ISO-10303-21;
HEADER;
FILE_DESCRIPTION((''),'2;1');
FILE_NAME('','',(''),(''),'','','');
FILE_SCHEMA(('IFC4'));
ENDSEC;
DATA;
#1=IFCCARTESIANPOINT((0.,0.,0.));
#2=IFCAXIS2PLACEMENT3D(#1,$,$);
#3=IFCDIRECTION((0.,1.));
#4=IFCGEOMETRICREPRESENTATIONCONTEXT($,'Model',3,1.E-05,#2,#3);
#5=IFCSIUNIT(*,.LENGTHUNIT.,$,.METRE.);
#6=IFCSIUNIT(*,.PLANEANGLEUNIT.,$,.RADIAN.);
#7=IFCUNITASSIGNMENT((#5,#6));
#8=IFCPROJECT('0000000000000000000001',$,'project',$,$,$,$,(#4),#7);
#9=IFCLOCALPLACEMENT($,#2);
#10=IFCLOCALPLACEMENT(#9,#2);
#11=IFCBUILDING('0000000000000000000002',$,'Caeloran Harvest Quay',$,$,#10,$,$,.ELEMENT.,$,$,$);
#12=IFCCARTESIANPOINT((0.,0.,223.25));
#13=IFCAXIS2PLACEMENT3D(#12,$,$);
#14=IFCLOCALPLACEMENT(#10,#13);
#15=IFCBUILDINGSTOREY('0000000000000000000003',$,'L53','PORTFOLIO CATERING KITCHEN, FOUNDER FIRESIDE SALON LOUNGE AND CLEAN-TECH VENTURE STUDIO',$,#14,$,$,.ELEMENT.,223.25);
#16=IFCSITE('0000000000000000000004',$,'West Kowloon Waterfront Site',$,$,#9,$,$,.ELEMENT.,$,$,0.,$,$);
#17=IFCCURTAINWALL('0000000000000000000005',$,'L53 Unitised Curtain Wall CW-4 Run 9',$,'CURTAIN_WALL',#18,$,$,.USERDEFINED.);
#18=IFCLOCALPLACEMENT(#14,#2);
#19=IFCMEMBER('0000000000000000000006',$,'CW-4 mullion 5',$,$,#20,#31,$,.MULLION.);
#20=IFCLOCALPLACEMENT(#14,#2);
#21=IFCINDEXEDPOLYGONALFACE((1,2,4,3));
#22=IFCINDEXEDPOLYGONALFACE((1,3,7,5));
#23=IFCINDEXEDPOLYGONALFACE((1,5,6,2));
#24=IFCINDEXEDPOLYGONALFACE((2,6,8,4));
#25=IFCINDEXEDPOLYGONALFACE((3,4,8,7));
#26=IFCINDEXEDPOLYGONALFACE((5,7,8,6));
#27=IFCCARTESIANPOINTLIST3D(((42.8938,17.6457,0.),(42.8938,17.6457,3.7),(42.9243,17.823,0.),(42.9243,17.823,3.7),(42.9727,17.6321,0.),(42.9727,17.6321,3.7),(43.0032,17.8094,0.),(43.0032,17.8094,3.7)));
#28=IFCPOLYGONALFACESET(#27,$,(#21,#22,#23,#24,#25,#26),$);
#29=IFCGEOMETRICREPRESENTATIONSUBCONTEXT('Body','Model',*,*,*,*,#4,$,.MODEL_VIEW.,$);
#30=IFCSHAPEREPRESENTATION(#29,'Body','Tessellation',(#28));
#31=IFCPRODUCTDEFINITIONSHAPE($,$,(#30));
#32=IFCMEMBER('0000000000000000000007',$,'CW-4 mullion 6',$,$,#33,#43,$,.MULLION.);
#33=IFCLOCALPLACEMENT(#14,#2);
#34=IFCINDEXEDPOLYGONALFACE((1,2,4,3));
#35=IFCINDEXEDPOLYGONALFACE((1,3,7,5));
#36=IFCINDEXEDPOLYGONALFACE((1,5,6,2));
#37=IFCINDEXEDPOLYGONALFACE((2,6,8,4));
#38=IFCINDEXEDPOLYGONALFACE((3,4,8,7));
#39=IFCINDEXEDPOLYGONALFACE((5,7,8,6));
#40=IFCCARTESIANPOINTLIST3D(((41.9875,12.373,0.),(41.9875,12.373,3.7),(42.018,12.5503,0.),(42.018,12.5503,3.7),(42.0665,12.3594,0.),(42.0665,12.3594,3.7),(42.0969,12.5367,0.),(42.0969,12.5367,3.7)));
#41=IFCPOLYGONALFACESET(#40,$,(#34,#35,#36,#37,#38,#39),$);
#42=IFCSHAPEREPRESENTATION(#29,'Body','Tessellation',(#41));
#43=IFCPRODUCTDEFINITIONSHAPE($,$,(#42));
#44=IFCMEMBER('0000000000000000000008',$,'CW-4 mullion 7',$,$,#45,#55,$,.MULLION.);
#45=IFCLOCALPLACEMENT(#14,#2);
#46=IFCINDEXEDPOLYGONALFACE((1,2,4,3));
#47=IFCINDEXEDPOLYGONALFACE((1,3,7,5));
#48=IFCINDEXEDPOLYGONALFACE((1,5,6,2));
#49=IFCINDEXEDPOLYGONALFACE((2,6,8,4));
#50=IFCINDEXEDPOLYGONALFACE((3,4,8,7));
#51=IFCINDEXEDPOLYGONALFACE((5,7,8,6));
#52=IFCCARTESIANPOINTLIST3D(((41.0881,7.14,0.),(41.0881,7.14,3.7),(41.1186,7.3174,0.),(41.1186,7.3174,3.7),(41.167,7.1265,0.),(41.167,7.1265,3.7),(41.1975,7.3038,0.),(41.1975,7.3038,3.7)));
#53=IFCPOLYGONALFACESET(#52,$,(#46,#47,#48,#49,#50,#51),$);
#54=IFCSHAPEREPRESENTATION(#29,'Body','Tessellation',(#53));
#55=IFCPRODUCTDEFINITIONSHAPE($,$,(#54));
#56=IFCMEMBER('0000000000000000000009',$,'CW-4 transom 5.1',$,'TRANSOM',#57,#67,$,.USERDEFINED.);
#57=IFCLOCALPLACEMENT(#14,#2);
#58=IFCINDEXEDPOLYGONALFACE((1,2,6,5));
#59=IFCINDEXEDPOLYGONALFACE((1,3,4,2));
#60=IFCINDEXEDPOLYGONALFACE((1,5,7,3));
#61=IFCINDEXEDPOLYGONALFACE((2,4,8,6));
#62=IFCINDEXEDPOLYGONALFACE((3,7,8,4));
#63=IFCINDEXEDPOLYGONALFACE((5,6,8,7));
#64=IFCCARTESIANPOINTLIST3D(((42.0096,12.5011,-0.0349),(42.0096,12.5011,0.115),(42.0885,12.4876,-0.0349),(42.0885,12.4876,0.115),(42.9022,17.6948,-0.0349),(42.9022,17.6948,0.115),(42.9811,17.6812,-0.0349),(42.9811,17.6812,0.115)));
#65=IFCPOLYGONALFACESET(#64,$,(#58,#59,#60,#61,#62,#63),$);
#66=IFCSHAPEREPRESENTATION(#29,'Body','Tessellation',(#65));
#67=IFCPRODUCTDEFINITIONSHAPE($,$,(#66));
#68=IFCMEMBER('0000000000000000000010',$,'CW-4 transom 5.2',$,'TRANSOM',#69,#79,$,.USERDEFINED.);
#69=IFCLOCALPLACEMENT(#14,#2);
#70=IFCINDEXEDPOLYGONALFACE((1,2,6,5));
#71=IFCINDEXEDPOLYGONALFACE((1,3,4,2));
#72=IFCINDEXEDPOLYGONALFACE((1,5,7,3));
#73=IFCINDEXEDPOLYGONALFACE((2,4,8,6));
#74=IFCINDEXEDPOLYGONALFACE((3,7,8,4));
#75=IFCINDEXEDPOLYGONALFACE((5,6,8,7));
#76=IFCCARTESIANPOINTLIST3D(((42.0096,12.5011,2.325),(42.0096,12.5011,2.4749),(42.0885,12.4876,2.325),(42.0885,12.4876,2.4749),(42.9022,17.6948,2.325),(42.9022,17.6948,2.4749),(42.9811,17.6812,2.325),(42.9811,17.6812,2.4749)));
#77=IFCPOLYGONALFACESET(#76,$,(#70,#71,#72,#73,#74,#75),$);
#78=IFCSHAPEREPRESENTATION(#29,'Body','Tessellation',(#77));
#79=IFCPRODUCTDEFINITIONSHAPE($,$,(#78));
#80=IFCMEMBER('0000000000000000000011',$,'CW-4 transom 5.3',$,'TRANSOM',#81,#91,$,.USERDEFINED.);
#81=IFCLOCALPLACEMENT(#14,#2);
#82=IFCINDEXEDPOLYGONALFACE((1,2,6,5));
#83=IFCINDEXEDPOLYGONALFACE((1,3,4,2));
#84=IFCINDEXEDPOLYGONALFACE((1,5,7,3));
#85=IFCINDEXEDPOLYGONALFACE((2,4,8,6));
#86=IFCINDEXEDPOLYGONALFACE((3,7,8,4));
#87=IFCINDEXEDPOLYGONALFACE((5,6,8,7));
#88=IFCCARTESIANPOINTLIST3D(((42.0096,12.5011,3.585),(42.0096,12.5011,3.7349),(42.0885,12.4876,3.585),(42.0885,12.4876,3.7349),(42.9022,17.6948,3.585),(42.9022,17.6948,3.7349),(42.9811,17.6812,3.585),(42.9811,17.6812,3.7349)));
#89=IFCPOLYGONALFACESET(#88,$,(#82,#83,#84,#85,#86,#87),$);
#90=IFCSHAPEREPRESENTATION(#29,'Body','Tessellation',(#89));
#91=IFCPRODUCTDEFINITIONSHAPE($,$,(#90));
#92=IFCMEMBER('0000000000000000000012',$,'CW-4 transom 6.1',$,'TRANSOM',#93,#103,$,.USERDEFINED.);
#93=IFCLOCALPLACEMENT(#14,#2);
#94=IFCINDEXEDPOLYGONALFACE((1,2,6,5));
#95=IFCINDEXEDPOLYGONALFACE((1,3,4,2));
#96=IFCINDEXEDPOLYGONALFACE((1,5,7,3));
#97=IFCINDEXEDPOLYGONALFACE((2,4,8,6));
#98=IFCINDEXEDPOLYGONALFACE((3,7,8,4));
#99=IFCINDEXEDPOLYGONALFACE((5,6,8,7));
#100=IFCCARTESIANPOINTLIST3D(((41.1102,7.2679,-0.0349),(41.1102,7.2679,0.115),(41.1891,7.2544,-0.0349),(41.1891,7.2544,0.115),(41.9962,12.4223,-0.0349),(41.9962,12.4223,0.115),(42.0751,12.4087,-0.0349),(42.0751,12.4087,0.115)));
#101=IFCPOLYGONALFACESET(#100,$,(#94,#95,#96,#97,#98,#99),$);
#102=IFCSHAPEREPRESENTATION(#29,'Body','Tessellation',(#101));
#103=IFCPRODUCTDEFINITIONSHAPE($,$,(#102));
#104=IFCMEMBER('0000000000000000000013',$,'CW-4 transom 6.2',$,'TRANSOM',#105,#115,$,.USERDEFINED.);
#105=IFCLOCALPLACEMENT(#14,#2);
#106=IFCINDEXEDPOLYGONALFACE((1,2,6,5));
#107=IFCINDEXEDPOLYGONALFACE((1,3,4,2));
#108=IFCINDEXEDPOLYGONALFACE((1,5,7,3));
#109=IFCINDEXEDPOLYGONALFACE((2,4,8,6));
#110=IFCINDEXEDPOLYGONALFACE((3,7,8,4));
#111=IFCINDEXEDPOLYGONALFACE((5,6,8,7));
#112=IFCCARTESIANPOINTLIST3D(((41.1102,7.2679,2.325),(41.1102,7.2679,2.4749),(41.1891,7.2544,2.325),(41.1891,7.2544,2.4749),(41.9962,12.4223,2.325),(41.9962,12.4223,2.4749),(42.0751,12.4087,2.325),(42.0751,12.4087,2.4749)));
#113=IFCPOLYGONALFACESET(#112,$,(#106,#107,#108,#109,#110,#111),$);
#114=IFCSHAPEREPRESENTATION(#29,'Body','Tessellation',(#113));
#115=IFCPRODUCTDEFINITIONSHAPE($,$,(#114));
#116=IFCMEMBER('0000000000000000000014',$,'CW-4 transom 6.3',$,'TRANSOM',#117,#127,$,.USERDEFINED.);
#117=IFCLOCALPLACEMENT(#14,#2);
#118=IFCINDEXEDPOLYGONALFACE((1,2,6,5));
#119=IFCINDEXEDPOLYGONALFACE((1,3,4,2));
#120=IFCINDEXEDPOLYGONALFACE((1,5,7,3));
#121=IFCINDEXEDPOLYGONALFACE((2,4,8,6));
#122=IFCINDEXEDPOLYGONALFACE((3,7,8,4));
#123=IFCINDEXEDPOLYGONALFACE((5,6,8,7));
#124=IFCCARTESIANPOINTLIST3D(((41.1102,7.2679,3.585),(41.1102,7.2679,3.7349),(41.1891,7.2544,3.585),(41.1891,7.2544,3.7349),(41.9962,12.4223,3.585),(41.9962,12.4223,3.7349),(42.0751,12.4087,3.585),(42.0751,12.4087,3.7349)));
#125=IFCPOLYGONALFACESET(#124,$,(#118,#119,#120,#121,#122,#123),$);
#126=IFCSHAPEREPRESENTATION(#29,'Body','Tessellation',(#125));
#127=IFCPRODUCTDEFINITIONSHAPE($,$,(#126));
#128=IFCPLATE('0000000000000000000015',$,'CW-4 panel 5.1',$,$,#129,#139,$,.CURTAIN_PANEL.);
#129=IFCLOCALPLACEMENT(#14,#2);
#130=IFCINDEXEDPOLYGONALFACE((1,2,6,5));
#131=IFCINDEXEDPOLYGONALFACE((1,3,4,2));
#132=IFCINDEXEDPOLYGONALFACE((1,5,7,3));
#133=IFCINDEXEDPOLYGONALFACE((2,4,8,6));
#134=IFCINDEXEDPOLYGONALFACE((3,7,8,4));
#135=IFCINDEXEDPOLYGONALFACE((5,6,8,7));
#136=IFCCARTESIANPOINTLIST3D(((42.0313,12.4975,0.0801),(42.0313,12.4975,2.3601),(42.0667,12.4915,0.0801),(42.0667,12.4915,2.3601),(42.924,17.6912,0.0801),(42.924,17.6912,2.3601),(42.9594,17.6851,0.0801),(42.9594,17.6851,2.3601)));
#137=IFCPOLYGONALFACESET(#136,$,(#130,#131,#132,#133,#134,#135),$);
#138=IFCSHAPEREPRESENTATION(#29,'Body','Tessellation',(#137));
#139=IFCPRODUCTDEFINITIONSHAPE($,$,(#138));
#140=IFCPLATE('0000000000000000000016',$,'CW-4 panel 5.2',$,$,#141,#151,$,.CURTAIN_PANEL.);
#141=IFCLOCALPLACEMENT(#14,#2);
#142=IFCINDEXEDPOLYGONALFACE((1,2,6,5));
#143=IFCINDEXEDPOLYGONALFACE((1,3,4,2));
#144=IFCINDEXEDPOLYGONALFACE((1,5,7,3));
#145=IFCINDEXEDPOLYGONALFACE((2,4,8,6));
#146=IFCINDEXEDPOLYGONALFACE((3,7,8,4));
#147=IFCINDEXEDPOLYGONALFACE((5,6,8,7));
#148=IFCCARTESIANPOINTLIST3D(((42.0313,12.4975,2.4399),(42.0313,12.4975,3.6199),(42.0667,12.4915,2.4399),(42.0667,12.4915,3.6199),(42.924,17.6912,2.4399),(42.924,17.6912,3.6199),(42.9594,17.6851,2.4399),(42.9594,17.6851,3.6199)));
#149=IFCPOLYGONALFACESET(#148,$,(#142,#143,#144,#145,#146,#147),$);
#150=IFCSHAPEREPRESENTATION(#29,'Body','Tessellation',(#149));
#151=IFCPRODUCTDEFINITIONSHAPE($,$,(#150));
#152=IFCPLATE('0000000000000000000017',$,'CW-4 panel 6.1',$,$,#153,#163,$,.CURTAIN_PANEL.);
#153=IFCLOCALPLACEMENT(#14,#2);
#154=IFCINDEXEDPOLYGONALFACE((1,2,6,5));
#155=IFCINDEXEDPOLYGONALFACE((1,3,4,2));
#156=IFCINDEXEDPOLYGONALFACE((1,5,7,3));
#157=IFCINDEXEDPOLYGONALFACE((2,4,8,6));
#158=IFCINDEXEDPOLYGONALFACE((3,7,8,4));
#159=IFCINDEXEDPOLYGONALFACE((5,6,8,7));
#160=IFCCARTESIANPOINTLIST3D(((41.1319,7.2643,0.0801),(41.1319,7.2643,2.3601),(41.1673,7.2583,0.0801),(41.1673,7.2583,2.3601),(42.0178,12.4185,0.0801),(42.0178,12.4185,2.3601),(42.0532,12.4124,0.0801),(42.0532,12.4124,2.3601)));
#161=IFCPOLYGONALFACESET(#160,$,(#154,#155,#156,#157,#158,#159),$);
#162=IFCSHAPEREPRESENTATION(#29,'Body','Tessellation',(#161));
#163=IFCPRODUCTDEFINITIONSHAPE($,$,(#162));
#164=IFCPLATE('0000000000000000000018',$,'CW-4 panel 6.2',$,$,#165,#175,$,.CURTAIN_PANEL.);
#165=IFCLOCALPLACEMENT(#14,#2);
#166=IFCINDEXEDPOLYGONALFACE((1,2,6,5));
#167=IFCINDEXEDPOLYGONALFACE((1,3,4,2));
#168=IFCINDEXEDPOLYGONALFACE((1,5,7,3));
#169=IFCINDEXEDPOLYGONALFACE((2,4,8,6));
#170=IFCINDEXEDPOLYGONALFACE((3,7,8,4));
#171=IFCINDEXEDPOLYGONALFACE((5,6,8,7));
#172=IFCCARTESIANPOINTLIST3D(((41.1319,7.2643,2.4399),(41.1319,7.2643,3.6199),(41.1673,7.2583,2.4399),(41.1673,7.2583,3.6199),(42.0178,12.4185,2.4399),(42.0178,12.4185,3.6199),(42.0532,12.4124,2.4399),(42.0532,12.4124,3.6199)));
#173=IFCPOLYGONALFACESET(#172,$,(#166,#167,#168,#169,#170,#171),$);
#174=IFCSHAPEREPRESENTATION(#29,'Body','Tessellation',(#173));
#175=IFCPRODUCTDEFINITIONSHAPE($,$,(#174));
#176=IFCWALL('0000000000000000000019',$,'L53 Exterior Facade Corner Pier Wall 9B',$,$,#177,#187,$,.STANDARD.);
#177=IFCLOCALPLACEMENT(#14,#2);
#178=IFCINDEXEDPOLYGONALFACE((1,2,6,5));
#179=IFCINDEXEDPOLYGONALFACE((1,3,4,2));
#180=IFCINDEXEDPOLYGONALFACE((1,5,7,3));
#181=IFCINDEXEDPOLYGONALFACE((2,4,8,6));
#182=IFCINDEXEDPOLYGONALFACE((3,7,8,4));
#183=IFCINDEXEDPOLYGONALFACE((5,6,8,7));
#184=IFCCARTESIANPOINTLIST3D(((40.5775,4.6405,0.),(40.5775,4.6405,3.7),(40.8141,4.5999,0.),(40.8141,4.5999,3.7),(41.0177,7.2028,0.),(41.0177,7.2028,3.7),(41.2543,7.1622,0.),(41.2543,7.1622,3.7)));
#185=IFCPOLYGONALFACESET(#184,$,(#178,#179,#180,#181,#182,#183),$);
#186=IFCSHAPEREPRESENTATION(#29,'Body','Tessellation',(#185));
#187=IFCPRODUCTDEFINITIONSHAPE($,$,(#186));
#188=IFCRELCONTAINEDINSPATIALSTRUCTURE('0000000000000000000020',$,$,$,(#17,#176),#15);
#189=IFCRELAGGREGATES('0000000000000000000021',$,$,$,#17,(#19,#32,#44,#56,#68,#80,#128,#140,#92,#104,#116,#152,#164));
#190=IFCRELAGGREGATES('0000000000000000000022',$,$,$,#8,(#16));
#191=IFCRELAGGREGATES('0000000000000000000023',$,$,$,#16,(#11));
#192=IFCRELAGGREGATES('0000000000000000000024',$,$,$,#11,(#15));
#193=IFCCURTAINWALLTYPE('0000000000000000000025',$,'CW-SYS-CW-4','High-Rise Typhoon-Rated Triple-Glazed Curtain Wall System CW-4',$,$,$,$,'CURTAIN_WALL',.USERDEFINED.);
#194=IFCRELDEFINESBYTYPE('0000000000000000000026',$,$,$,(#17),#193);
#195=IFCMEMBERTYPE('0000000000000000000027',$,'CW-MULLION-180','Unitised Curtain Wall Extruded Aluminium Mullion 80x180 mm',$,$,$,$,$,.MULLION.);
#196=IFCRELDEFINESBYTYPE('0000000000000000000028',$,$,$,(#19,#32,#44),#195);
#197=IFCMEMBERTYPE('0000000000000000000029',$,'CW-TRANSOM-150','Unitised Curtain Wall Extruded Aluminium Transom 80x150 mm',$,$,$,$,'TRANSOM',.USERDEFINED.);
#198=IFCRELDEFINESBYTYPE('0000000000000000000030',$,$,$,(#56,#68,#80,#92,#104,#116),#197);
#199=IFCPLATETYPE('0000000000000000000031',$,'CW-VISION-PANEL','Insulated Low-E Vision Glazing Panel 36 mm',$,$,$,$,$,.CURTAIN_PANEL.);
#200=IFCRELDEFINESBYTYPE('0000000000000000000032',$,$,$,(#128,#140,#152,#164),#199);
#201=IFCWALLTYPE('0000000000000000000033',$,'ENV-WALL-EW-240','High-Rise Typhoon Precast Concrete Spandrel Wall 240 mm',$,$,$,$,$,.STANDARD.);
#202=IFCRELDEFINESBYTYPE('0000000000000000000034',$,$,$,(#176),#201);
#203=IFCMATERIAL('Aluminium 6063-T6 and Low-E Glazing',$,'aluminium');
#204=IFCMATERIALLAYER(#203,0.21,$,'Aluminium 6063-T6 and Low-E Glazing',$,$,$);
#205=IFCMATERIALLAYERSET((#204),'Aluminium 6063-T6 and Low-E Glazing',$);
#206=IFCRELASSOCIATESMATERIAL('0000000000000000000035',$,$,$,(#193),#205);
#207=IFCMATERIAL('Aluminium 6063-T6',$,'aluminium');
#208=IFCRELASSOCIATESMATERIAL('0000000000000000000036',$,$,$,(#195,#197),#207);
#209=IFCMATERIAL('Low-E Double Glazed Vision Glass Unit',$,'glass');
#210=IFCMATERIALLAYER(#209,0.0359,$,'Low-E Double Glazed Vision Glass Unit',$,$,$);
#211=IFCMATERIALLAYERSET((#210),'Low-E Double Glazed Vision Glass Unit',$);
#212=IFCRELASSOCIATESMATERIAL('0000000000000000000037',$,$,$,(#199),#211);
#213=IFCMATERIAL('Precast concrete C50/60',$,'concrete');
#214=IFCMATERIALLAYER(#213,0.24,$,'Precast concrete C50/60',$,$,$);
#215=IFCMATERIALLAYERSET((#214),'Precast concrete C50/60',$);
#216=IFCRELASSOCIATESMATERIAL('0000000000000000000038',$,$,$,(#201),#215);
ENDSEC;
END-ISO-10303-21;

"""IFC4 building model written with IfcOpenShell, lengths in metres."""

from ifc_helpers import new_model, si_unit, direction, frame, frame_2d, origin, origin_2d, place, context, subcontext, project, spatial, rectangle, extrude, material, layer, layer_set, material_profile, profile_set, type_object, element, aggregate, save


model = new_model("IFC4")

# Units and contexts
model_context = context("Model", 3, precision=1e-05, world=origin(), true_north=direction((0.0, 1.0)))
body_context = subcontext(model_context, "Body", "Model", "MODEL_VIEW")
ifc_project = project(units=[si_unit("LENGTHUNIT", "METRE"), si_unit("PLANEANGLEUNIT", "RADIAN")], contexts=[model_context])

# Site, building, storey
site_placement = place(None, origin())
site = spatial("IfcSite", under=ifc_project, at=site_placement, Name="West Kowloon Waterfront Site", CompositionType="ELEMENT", RefElevation=0.0)
building_placement = place(site_placement, origin())
building = spatial("IfcBuilding", under=site, at=building_placement, Name="Caeloran Harvest Quay", CompositionType="ELEMENT")
storey_placement = place(building_placement, frame((0.0, 0.0, 223.25)))
storey = spatial("IfcBuildingStorey", under=building, at=storey_placement, Name="L53", Description="PORTFOLIO CATERING KITCHEN, FOUNDER FIRESIDE SALON LOUNGE AND CLEAN-TECH VENTURE STUDIO", CompositionType="ELEMENT", Elevation=223.25)

# Curtain wall, members, plates
ifc_material_1 = material(Name="Aluminium 6063-T6 and Low-E Glazing", Category="aluminium")
ifc_layer_1 = layer(ifc_material_1, 0.21, Name="Aluminium 6063-T6 and Low-E Glazing")
ifc_layer_set_1 = layer_set([ifc_layer_1], Name="Aluminium 6063-T6 and Low-E Glazing")
curtain_wall_type = type_object("IfcCurtainWallType", Name="CW-SYS-CW-4", Description="High-Rise Typhoon-Rated Triple-Glazed Curtain Wall System CW-4", ElementType="CURTAIN_WALL", PredefinedType="USERDEFINED", material=ifc_layer_set_1)
curtain_wall_placement = place(storey_placement, origin())
curtain_wall = element("IfcCurtainWall", 1, at=curtain_wall_placement, inside=storey, type_object=curtain_wall_type, Name="L53 Unitised Curtain Wall CW-4 Run 9", ObjectType="CURTAIN_WALL", PredefinedType="USERDEFINED")
ifc_material_2 = material(Name="Aluminium 6063-T6", Category="aluminium")
ifc_material_profile_1 = material_profile(ifc_material_2, rectangle(XDim=0.0801, YDim=0.1799, at=origin_2d()), Name="CW-MULLION-180")
ifc_profile_set_1 = profile_set([ifc_material_profile_1], Name="Aluminium 6063-T6")
member_type_1 = type_object("IfcMemberType", Name="CW-MULLION-180", Description="Unitised Curtain Wall Extruded Aluminium Mullion 80x180 mm", PredefinedType="MULLION", material=ifc_profile_set_1)
member_1_placement = place(storey_placement, frame((42.9485, 17.7275, 0.0), z_axis=(0.0, 0.0, 1.0), x_axis=(0.985549, -0.169391, 0.0)))
member_1 = element("IfcMember", 2, at=member_1_placement, type_object=member_type_1, Name="CW-4 mullion 5", PredefinedType="MULLION", context=body_context, shape_type="SweptSolid", body=[
    extrude(rectangle(XDim=0.0801, YDim=0.1799, at=origin_2d()), origin(), (0.0, 0.0, 1.0), 3.7),
])
member_2_placement = place(storey_placement, frame((42.0422, 12.4548, 0.0), z_axis=(0.0, 0.0, 1.0), x_axis=(0.985549, -0.169391, 0.0)))
member_2 = element("IfcMember", 3, at=member_2_placement, type_object=member_type_1, Name="CW-4 mullion 6", PredefinedType="MULLION", context=body_context, shape_type="SweptSolid", body=[
    extrude(rectangle(XDim=0.0801, YDim=0.1799, at=origin_2d()), origin(), (0.0, 0.0, 1.0), 3.7),
])
member_3_placement = place(storey_placement, frame((41.1428, 7.2219, 0.0), z_axis=(0.0, 0.0, 1.0), x_axis=(0.985549, -0.169391, 0.0)))
member_3 = element("IfcMember", 4, at=member_3_placement, type_object=member_type_1, Name="CW-4 mullion 7", PredefinedType="MULLION", context=body_context, shape_type="SweptSolid", body=[
    extrude(rectangle(XDim=0.0801, YDim=0.1799, at=origin_2d()), origin(), (0.0, 0.0, 1.0), 3.7),
])
ifc_material_profile_2 = material_profile(ifc_material_2, rectangle(XDim=0.0801, YDim=0.1499, at=origin_2d()), Name="CW-TRANSOM-150")
ifc_profile_set_2 = profile_set([ifc_material_profile_2], Name="Aluminium 6063-T6")
member_type_2 = type_object("IfcMemberType", Name="CW-TRANSOM-150", Description="Unitised Curtain Wall Extruded Aluminium Transom 80x150 mm", ElementType="TRANSOM", PredefinedType="USERDEFINED", material=ifc_profile_set_2)
member_4_placement = place(storey_placement, frame((42.9417, 17.688, 0.04), z_axis=(-0.169378, -0.985551, 0.0), x_axis=(0.985551, -0.169378, 0.0)))
member_4 = element("IfcMember", 5, at=member_4_placement, type_object=member_type_2, Name="CW-4 transom 5.1", ObjectType="TRANSOM", PredefinedType="USERDEFINED", context=body_context, shape_type="SweptSolid", body=[
    extrude(rectangle(XDim=0.0801, YDim=0.1499, at=origin_2d()), origin(), (0.0, 0.0, 1.0), 5.2698),
])
member_5_placement = place(storey_placement, frame((42.9417, 17.688, 2.3999), z_axis=(-0.169378, -0.985551, 0.0), x_axis=(0.985551, -0.169378, 0.0)))
member_5 = element("IfcMember", 6, at=member_5_placement, type_object=member_type_2, Name="CW-4 transom 5.2", ObjectType="TRANSOM", PredefinedType="USERDEFINED", context=body_context, shape_type="SweptSolid", body=[
    extrude(rectangle(XDim=0.0801, YDim=0.1499, at=origin_2d()), origin(), (0.0, 0.0, 1.0), 5.2698),
])
member_6_placement = place(storey_placement, frame((42.9417, 17.688, 3.6599), z_axis=(-0.169378, -0.985551, 0.0), x_axis=(0.985551, -0.169378, 0.0)))
member_6 = element("IfcMember", 7, at=member_6_placement, type_object=member_type_2, Name="CW-4 transom 5.3", ObjectType="TRANSOM", PredefinedType="USERDEFINED", context=body_context, shape_type="SweptSolid", body=[
    extrude(rectangle(XDim=0.0801, YDim=0.1499, at=origin_2d()), origin(), (0.0, 0.0, 1.0), 5.2698),
])
member_7_placement = place(storey_placement, frame((42.0356, 12.4155, 0.04), z_axis=(-0.169408, -0.985546, 0.0), x_axis=(0.985546, -0.169408, 0.0)))
member_7 = element("IfcMember", 8, at=member_7_placement, type_object=member_type_2, Name="CW-4 transom 6.1", ObjectType="TRANSOM", PredefinedType="USERDEFINED", context=body_context, shape_type="SweptSolid", body=[
    extrude(rectangle(XDim=0.0801, YDim=0.1499, at=origin_2d()), origin(), (0.0, 0.0, 1.0), 5.23),
])
member_8_placement = place(storey_placement, frame((42.0356, 12.4155, 2.3999), z_axis=(-0.169408, -0.985546, 0.0), x_axis=(0.985546, -0.169408, 0.0)))
member_8 = element("IfcMember", 9, at=member_8_placement, type_object=member_type_2, Name="CW-4 transom 6.2", ObjectType="TRANSOM", PredefinedType="USERDEFINED", context=body_context, shape_type="SweptSolid", body=[
    extrude(rectangle(XDim=0.0801, YDim=0.1499, at=origin_2d()), origin(), (0.0, 0.0, 1.0), 5.23),
])
member_9_placement = place(storey_placement, frame((42.0356, 12.4155, 3.6599), z_axis=(-0.169408, -0.985546, 0.0), x_axis=(0.985546, -0.169408, 0.0)))
member_9 = element("IfcMember", 10, at=member_9_placement, type_object=member_type_2, Name="CW-4 transom 6.3", ObjectType="TRANSOM", PredefinedType="USERDEFINED", context=body_context, shape_type="SweptSolid", body=[
    extrude(rectangle(XDim=0.0801, YDim=0.1499, at=origin_2d()), origin(), (0.0, 0.0, 1.0), 5.23),
])
ifc_material_3 = material(Name="Low-E Double Glazed Vision Glass Unit", Category="glass")
ifc_layer_2 = layer(ifc_material_3, 0.0359, Name="Low-E Double Glazed Vision Glass Unit")
ifc_layer_set_2 = layer_set([ifc_layer_2], Name="Low-E Double Glazed Vision Glass Unit")
plate_type = type_object("IfcPlateType", Name="CW-VISION-PANEL", Description="Insulated Low-E Vision Glazing Panel 36 mm", PredefinedType="CURTAIN_PANEL", material=ifc_layer_set_2)
plate_1_placement = place(storey_placement, frame((42.4954, 15.0913, 0.0801), z_axis=(0.0, 0.0, 1.0), x_axis=(-0.169391, -0.985549, 0.0)))
plate_1 = element("IfcPlate", 11, at=plate_1_placement, type_object=plate_type, Name="CW-4 panel 5.1", PredefinedType="CURTAIN_PANEL", context=body_context, shape_type="SweptSolid", body=[
    extrude(rectangle(XDim=5.2698, YDim=0.0359, at=origin_2d()), origin(), (0.0, 0.0, 1.0), 2.28),
])
plate_2_placement = place(storey_placement, frame((42.4954, 15.0913, 2.4399), z_axis=(0.0, 0.0, 1.0), x_axis=(-0.169391, -0.985549, 0.0)))
plate_2 = element("IfcPlate", 12, at=plate_2_placement, type_object=plate_type, Name="CW-4 panel 5.2", PredefinedType="CURTAIN_PANEL", context=body_context, shape_type="SweptSolid", body=[
    extrude(rectangle(XDim=5.2698, YDim=0.0359, at=origin_2d()), origin(), (0.0, 0.0, 1.0), 1.1799),
])
plate_3_placement = place(storey_placement, frame((41.5925, 9.8384, 0.0801), z_axis=(0.0, 0.0, 1.0), x_axis=(-0.169391, -0.985549, 0.0)))
plate_3 = element("IfcPlate", 13, at=plate_3_placement, type_object=plate_type, Name="CW-4 panel 6.1", PredefinedType="CURTAIN_PANEL", context=body_context, shape_type="SweptSolid", body=[
    extrude(rectangle(XDim=5.2297, YDim=0.0359, at=origin_2d()), origin(), (0.0, 0.0, 1.0), 2.28),
])
plate_4_placement = place(storey_placement, frame((41.5925, 9.8384, 2.4399), z_axis=(0.0, 0.0, 1.0), x_axis=(-0.169391, -0.985549, 0.0)))
plate_4 = element("IfcPlate", 14, at=plate_4_placement, type_object=plate_type, Name="CW-4 panel 6.2", PredefinedType="CURTAIN_PANEL", context=body_context, shape_type="SweptSolid", body=[
    extrude(rectangle(XDim=5.2297, YDim=0.0359, at=origin_2d()), origin(), (0.0, 0.0, 1.0), 1.1799),
])
aggregate(curtain_wall, [member_1, member_2, member_3, member_4, member_5, member_6, plate_1, plate_2, member_7, member_8, member_9, plate_3, plate_4])

# Wall
ifc_material_4 = material(Name="Precast concrete C50/60", Category="concrete")
ifc_layer_3 = layer(ifc_material_4, 0.24, Name="Precast concrete C50/60")
ifc_layer_set_3 = layer_set([ifc_layer_3], Name="Precast concrete C50/60")
wall_type_1 = type_object("IfcWallType", Name="ENV-WALL-EW-240", Description="High-Rise Typhoon Precast Concrete Spandrel Wall 240 mm", PredefinedType="STANDARD", material=ifc_layer_set_3)
wall_1_placement = place(storey_placement, frame((41.136, 7.1824, 0.0), z_axis=(0.0, 0.0, 1.0), x_axis=(-0.169316, -0.985562, 0.0)))
element("IfcWall", 15, at=wall_1_placement, inside=storey, type_object=wall_type_1, Name="L53 Exterior Facade Corner Pier Wall 9B", PredefinedType="STANDARD", context=body_context, shape_type="SweptSolid", body=[
    extrude(rectangle(XDim=2.5999, YDim=0.24, at=frame_2d((1.2998, 0.0))), origin(), (0.0, 0.0, 1.0), 3.7),
])

save(model, "model.ifc")
